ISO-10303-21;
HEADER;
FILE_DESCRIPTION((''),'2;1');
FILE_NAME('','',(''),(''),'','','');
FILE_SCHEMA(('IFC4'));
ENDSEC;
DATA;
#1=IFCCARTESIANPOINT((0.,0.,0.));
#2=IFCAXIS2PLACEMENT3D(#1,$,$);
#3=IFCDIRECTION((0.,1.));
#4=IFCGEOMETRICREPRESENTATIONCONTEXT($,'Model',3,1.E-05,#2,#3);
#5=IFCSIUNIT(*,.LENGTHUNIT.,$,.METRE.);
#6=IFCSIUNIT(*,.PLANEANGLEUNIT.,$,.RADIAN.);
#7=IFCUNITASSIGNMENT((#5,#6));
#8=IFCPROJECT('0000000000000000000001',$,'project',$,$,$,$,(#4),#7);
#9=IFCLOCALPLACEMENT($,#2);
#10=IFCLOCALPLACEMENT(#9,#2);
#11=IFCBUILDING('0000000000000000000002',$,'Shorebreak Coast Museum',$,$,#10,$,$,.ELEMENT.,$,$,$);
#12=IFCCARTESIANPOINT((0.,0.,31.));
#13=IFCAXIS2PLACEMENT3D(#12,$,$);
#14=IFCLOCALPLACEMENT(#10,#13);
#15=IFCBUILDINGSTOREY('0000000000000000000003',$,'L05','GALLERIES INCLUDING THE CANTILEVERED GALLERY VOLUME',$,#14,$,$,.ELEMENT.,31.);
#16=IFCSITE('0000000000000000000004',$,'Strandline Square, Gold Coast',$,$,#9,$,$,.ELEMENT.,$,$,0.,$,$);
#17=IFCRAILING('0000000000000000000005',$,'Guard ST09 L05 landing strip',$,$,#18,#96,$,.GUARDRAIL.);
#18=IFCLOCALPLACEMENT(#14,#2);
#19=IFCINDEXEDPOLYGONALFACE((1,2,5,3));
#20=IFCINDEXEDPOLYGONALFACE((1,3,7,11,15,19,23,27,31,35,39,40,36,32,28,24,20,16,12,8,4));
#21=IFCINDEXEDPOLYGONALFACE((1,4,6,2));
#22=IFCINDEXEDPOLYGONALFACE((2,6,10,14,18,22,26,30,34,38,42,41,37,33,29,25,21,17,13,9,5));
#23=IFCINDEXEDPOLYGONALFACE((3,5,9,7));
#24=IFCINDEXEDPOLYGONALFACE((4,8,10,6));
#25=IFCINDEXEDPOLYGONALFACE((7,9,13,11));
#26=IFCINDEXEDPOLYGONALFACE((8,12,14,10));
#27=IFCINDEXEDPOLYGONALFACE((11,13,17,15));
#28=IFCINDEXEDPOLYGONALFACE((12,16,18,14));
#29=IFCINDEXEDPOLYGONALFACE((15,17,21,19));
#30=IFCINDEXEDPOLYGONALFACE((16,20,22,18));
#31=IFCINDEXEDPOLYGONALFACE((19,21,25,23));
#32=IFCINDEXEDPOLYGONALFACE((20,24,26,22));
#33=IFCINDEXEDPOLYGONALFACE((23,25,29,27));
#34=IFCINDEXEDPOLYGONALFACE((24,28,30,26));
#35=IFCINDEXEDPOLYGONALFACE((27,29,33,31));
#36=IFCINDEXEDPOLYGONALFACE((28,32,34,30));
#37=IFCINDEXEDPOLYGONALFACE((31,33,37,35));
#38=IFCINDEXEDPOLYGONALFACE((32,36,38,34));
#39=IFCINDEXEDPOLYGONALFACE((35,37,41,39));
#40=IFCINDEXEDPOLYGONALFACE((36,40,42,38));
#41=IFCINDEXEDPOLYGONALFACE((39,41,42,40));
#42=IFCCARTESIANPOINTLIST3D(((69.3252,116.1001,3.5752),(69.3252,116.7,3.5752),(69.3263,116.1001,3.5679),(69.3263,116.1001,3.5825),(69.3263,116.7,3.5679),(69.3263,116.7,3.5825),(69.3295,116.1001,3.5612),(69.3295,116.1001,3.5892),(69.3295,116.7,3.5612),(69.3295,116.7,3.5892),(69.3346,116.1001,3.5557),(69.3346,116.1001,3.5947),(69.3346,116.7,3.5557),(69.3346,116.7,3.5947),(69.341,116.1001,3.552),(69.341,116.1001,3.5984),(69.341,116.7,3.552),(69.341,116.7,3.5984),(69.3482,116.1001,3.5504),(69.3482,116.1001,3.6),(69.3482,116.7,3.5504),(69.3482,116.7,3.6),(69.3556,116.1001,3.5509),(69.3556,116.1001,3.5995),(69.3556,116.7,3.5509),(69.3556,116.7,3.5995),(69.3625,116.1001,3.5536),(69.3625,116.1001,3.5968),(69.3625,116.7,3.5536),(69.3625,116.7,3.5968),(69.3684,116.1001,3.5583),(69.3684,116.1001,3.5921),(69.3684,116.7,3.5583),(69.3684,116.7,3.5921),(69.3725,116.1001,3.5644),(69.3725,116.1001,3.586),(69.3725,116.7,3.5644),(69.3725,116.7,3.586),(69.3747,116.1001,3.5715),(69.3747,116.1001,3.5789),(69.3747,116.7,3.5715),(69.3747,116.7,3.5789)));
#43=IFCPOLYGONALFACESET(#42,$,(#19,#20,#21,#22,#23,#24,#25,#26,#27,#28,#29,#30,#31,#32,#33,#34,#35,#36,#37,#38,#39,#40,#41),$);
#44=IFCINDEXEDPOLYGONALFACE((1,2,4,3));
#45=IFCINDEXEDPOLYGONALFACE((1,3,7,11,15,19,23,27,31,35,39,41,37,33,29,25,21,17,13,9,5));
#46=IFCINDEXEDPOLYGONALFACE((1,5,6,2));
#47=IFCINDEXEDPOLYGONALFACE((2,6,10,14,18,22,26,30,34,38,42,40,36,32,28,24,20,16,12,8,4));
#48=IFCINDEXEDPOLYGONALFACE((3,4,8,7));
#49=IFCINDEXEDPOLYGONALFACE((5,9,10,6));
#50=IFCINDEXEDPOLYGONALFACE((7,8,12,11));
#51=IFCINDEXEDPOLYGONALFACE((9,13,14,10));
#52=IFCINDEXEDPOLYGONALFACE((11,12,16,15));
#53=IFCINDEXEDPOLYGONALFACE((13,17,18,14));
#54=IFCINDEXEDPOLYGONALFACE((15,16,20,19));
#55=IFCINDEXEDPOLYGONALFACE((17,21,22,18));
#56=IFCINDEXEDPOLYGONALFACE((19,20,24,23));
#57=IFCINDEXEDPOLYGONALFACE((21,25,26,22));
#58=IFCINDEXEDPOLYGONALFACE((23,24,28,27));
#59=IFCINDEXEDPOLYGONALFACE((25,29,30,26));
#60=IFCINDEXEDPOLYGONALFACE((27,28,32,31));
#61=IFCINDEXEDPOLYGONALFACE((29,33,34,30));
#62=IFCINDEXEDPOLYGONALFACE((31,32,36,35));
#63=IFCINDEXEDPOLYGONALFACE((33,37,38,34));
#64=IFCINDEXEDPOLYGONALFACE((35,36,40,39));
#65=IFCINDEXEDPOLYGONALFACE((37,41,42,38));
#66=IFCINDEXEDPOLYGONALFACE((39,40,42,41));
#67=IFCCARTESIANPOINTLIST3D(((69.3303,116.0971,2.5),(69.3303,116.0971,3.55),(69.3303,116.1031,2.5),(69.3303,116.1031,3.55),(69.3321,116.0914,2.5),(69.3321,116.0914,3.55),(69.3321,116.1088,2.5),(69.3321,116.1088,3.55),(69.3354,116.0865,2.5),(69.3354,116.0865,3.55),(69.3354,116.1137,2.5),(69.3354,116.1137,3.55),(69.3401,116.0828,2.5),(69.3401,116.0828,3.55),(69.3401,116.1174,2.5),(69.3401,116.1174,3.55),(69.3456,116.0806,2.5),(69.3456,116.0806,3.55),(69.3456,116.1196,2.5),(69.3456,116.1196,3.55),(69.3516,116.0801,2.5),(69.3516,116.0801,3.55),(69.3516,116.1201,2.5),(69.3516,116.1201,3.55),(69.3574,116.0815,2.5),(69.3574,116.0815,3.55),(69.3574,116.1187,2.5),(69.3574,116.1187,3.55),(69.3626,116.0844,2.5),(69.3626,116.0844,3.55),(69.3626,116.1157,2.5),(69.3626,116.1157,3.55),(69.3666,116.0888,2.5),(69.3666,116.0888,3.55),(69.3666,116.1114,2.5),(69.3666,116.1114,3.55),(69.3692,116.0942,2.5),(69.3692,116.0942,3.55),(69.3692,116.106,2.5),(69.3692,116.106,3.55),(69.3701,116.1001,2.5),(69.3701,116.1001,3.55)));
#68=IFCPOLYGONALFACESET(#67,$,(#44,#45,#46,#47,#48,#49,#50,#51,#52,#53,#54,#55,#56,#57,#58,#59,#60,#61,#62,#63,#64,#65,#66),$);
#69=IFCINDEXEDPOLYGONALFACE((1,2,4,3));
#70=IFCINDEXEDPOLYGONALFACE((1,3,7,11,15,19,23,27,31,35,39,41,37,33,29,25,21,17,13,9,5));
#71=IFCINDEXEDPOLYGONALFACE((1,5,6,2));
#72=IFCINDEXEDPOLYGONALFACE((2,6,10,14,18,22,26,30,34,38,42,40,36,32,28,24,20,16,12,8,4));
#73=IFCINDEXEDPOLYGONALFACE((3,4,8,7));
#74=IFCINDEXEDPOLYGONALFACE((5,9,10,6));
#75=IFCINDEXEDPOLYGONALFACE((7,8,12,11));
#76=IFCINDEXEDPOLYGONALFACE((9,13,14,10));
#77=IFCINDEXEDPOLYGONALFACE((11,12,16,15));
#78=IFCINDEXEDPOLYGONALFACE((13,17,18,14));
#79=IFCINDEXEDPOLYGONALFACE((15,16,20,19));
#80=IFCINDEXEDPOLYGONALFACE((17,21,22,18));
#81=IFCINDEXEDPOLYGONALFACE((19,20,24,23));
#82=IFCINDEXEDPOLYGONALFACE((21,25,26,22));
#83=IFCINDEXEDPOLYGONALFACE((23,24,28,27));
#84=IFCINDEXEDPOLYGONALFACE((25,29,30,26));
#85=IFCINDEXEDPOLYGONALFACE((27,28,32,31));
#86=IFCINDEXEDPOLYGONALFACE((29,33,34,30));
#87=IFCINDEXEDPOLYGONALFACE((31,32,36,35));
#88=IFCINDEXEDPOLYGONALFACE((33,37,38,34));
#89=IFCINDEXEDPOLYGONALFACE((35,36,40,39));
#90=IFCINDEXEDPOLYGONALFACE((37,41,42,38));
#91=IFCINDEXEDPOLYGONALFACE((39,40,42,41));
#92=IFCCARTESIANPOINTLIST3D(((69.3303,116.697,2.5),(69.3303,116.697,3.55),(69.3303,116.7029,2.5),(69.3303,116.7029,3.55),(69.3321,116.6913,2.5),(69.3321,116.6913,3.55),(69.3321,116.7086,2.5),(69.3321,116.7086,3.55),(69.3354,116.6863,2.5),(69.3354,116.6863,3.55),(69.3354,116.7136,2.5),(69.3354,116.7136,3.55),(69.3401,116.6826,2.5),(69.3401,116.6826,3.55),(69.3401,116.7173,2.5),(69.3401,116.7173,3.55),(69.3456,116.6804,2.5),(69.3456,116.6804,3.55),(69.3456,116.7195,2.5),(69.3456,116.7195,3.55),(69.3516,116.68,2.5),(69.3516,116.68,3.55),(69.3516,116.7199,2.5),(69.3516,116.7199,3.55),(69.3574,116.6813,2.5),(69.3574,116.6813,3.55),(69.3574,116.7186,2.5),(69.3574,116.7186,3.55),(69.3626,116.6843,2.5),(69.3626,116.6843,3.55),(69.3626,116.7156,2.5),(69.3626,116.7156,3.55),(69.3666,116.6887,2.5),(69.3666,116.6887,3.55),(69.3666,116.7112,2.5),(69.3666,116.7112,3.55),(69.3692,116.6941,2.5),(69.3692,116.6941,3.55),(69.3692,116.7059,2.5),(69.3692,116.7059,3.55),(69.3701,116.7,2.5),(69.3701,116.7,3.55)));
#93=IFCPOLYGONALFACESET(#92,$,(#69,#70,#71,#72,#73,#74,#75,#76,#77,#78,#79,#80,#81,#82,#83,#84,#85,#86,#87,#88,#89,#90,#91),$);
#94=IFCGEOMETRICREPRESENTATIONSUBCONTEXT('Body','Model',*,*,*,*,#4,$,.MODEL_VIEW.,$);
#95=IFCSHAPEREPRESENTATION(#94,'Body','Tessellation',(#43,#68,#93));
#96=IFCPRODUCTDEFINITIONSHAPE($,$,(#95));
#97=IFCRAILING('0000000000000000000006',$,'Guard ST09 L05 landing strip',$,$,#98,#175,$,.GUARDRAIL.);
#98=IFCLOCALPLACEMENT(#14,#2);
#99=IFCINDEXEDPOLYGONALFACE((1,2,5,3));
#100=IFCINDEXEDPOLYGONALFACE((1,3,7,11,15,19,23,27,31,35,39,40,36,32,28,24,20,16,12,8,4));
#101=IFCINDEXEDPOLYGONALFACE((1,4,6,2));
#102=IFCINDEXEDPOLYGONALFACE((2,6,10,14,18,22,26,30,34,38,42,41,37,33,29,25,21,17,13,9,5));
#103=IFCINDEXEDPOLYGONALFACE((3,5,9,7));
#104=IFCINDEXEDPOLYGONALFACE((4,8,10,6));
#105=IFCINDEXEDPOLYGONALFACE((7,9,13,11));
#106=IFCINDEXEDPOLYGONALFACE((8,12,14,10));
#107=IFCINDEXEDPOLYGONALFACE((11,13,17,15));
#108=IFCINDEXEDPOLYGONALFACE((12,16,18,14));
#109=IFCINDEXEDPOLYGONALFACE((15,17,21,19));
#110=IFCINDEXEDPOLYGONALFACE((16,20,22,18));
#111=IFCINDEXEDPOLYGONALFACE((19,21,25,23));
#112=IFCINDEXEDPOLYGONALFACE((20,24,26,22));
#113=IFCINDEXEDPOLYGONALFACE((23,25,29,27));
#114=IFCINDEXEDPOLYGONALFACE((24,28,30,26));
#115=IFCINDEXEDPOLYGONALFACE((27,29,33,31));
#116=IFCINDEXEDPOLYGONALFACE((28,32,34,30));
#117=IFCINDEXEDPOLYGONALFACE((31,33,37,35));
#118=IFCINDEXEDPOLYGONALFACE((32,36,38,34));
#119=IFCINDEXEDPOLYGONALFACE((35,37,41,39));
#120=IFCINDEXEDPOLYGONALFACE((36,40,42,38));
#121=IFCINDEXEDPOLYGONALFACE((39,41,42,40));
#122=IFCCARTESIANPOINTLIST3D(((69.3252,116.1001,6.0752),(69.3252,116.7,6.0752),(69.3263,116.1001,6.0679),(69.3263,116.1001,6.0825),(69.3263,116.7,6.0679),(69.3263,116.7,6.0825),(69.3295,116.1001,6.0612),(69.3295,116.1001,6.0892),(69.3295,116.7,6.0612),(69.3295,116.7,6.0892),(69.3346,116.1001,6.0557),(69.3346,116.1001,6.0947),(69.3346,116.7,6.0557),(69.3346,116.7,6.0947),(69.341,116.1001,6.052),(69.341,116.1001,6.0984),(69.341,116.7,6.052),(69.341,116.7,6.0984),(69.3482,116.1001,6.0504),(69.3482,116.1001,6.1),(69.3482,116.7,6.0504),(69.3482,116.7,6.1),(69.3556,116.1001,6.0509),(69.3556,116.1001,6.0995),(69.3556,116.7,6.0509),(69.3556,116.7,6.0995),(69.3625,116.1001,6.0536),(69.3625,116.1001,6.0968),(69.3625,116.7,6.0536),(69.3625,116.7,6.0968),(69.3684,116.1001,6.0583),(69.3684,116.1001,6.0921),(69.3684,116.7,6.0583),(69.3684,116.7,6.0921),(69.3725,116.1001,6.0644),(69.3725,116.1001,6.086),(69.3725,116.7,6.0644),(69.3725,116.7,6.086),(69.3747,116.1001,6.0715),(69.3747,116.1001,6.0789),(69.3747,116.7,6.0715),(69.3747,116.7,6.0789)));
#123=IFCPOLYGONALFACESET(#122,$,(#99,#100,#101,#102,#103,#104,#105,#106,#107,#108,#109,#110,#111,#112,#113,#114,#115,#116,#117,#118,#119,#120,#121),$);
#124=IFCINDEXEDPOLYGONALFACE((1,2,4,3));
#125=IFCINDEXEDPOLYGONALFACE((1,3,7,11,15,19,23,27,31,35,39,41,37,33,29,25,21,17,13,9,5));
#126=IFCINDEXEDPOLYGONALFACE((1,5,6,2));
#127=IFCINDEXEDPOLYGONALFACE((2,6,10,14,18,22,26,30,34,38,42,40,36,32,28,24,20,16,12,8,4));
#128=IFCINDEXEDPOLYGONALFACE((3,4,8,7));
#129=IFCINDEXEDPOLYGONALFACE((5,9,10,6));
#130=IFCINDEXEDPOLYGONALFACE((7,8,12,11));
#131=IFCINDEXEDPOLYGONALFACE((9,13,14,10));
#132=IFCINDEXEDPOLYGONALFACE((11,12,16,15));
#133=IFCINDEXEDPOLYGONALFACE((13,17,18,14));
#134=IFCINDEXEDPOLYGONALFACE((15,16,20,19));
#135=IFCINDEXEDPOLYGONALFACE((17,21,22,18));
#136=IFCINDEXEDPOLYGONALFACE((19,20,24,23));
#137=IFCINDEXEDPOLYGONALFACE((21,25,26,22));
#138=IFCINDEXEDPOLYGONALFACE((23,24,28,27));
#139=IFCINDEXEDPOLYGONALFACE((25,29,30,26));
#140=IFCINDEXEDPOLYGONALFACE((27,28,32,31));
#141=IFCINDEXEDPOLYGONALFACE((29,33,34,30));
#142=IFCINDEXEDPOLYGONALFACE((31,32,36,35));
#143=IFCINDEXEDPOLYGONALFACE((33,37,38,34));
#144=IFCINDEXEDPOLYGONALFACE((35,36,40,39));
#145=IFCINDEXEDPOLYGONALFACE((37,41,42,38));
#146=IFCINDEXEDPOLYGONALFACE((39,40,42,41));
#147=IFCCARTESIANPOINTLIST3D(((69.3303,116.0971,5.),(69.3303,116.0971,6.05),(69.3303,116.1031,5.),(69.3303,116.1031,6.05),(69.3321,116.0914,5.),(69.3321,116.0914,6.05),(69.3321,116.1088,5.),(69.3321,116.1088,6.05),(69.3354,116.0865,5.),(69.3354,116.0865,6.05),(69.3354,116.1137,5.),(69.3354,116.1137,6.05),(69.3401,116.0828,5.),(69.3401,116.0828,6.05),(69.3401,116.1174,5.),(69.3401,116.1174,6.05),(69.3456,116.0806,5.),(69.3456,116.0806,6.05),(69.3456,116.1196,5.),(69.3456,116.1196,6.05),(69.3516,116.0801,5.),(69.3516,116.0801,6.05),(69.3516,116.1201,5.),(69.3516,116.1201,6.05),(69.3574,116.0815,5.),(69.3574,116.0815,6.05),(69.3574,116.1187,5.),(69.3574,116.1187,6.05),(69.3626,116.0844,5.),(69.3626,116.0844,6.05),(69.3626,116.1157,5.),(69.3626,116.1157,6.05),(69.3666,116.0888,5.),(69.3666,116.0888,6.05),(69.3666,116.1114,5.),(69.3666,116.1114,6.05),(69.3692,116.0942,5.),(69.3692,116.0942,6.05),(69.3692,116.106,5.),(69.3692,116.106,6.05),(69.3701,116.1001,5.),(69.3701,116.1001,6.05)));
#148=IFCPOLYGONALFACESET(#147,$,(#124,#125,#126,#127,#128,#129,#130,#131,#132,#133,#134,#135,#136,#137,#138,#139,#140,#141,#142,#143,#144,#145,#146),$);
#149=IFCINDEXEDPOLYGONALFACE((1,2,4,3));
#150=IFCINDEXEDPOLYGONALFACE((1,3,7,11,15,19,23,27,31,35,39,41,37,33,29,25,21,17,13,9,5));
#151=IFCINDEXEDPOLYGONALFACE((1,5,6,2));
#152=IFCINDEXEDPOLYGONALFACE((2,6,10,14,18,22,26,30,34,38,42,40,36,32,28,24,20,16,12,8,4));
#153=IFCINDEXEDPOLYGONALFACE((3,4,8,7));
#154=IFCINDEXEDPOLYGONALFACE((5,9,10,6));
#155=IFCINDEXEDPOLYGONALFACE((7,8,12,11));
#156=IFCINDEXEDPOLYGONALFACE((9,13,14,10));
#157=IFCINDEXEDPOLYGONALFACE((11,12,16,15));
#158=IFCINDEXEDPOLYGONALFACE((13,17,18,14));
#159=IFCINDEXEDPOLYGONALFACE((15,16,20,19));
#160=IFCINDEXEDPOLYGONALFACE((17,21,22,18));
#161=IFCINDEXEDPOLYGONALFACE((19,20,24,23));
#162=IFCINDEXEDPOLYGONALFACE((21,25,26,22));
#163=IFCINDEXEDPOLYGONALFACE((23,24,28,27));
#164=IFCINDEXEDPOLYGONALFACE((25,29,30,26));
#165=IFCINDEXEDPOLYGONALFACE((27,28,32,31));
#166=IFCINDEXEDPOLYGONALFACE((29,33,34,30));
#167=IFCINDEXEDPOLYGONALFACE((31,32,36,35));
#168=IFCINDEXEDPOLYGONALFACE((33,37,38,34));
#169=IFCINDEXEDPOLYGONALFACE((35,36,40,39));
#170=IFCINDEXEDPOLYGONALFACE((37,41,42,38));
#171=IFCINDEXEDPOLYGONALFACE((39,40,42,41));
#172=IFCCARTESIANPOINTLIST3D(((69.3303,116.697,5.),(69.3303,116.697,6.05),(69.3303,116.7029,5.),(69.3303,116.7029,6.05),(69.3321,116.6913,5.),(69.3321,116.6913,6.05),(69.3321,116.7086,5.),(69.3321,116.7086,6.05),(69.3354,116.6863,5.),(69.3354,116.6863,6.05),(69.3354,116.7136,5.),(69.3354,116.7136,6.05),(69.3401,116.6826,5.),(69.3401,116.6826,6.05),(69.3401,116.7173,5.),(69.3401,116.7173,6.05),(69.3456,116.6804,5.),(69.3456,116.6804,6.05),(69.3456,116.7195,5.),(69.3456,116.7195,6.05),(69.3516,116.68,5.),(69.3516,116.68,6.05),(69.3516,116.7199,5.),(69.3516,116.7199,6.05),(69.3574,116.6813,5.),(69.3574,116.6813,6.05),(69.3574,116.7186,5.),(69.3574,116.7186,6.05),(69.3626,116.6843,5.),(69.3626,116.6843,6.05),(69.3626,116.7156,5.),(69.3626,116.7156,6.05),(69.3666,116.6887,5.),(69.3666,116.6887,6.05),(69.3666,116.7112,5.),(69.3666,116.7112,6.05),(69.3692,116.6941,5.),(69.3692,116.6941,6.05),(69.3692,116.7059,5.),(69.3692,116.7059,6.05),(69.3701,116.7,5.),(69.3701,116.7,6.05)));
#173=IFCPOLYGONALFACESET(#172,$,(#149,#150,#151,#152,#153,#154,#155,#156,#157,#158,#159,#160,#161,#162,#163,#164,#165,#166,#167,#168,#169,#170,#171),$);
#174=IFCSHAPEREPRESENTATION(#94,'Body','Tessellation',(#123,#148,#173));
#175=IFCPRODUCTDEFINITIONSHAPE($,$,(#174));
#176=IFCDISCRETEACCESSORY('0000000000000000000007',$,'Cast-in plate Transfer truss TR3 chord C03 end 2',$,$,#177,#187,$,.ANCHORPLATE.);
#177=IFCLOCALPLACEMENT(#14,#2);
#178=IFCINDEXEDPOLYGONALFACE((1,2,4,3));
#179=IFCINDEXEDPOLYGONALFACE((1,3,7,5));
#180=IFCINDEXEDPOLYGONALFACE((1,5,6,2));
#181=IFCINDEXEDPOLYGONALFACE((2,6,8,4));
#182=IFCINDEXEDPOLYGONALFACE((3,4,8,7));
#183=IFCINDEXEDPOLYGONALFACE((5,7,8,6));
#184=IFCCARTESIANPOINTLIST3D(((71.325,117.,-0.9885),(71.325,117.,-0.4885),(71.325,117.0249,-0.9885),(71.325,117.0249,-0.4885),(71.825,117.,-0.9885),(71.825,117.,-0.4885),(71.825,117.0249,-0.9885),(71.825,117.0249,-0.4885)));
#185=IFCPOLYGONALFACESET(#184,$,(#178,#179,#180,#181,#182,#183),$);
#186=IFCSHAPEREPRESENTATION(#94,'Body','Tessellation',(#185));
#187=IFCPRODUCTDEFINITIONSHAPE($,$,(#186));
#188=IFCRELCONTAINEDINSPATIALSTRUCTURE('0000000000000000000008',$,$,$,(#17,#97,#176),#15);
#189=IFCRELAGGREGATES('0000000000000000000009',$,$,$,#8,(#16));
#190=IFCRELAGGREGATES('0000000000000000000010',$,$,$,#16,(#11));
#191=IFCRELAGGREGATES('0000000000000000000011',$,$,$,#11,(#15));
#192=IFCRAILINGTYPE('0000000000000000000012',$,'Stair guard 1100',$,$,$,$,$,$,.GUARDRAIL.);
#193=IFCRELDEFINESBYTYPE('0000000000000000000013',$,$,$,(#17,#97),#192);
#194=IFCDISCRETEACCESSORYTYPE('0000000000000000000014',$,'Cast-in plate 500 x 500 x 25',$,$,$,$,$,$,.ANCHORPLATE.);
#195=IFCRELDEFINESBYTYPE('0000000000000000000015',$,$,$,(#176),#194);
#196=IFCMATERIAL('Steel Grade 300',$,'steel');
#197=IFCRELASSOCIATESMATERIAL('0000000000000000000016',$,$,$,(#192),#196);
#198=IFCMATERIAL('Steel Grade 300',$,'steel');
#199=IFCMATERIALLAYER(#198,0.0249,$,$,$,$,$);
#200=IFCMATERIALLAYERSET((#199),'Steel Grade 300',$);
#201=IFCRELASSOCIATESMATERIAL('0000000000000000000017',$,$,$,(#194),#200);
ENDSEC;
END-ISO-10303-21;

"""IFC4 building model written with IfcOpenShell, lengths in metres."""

from ifc_helpers import new_model, si_unit, direction, frame, origin, origin_2d, place, context, subcontext, project, spatial, polyline, circle, outline, extrude, material, layer, layer_set, type_object, element, save


model = new_model("IFC4")

# Units and contexts
model_context = context("Model", 3, precision=1e-05, world=origin(), true_north=direction((0.0, 1.0)))
body_context = subcontext(model_context, "Body", "Model", "MODEL_VIEW")
ifc_project = project(units=[si_unit("LENGTHUNIT", "METRE"), si_unit("PLANEANGLEUNIT", "RADIAN")], contexts=[model_context])

# Site, building, storey
site_placement = place(None, origin())
site = spatial("IfcSite", under=ifc_project, at=site_placement, Name="Strandline Square, Gold Coast", CompositionType="ELEMENT", RefElevation=0.0)
building_placement = place(site_placement, origin())
building = spatial("IfcBuilding", under=site, at=building_placement, Name="Shorebreak Coast Museum", CompositionType="ELEMENT")
storey_placement = place(building_placement, frame((0.0, 0.0, 31.0)))
storey = spatial("IfcBuildingStorey", under=building, at=storey_placement, Name="L05", Description="GALLERIES INCLUDING THE CANTILEVERED GALLERY VOLUME", CompositionType="ELEMENT", Elevation=31.0)

# Railings
ifc_material_1 = material(Name="Steel Grade 300", Category="steel")
railing_type = type_object("IfcRailingType", Name="Stair guard 1100", PredefinedType="GUARDRAIL", material=ifc_material_1)
for number, where, name in (
    (1, (69.3501, 116.1001, 2.5), "Guard ST09 L05 landing strip"),
    (2, (69.3501, 116.1001, 5.0), "Guard ST09 L05 landing strip"),
):
    element("IfcRailing", number, at=place(storey_placement, frame(where)), inside=storey, type_object=railing_type, Name=name, PredefinedType="GUARDRAIL", context=body_context, shape_type="SweptSolid", body=[
        extrude(circle(Radius=0.0249, at=origin_2d()), frame((0.0, 0.0, 1.0752), z_axis=(0.0, 1.0, 0.0), x_axis=(-1.0, 0.0, 0.0)), (0.0, 0.0, 1.0), 0.5999),
        extrude(circle(Radius=0.02, at=origin_2d()), origin(), (0.0, 0.0, 1.0), 1.05),
        extrude(circle(Radius=0.02, at=origin_2d()), frame((0.0, 0.5999, 0.0)), (0.0, 0.0, 1.0), 1.05),
    ])

# Discrete accessory
ifc_material_2 = material(Name="Steel Grade 300", Category="steel")
ifc_layer_1 = layer(ifc_material_2, 0.0249)
ifc_layer_set_1 = layer_set([ifc_layer_1], Name="Steel Grade 300")
discrete_accessory_type = type_object("IfcDiscreteAccessoryType", Name="Cast-in plate 500 x 500 x 25", PredefinedType="ANCHORPLATE", material=ifc_layer_set_1)
discrete_accessory_placement = place(storey_placement, frame((71.325, 117.0, -0.9885), z_axis=(0.0, -1.0, 0.0), x_axis=(1.0, 0.0, 0.0)))
element("IfcDiscreteAccessory", 3, at=discrete_accessory_placement, inside=storey, type_object=discrete_accessory_type, Name="Cast-in plate Transfer truss TR3 chord C03 end 2", PredefinedType="ANCHORPLATE", context=body_context, shape_type="SweptSolid", body=[
    extrude(outline(polyline([(0.0, 0.0), (0.5, 0.0), (0.5, 0.5), (0.0, 0.5), (0.0, 0.0)])), origin(), (0.0, 0.0, -1.0), 0.0249),
])

save(model, "model.ifc")
